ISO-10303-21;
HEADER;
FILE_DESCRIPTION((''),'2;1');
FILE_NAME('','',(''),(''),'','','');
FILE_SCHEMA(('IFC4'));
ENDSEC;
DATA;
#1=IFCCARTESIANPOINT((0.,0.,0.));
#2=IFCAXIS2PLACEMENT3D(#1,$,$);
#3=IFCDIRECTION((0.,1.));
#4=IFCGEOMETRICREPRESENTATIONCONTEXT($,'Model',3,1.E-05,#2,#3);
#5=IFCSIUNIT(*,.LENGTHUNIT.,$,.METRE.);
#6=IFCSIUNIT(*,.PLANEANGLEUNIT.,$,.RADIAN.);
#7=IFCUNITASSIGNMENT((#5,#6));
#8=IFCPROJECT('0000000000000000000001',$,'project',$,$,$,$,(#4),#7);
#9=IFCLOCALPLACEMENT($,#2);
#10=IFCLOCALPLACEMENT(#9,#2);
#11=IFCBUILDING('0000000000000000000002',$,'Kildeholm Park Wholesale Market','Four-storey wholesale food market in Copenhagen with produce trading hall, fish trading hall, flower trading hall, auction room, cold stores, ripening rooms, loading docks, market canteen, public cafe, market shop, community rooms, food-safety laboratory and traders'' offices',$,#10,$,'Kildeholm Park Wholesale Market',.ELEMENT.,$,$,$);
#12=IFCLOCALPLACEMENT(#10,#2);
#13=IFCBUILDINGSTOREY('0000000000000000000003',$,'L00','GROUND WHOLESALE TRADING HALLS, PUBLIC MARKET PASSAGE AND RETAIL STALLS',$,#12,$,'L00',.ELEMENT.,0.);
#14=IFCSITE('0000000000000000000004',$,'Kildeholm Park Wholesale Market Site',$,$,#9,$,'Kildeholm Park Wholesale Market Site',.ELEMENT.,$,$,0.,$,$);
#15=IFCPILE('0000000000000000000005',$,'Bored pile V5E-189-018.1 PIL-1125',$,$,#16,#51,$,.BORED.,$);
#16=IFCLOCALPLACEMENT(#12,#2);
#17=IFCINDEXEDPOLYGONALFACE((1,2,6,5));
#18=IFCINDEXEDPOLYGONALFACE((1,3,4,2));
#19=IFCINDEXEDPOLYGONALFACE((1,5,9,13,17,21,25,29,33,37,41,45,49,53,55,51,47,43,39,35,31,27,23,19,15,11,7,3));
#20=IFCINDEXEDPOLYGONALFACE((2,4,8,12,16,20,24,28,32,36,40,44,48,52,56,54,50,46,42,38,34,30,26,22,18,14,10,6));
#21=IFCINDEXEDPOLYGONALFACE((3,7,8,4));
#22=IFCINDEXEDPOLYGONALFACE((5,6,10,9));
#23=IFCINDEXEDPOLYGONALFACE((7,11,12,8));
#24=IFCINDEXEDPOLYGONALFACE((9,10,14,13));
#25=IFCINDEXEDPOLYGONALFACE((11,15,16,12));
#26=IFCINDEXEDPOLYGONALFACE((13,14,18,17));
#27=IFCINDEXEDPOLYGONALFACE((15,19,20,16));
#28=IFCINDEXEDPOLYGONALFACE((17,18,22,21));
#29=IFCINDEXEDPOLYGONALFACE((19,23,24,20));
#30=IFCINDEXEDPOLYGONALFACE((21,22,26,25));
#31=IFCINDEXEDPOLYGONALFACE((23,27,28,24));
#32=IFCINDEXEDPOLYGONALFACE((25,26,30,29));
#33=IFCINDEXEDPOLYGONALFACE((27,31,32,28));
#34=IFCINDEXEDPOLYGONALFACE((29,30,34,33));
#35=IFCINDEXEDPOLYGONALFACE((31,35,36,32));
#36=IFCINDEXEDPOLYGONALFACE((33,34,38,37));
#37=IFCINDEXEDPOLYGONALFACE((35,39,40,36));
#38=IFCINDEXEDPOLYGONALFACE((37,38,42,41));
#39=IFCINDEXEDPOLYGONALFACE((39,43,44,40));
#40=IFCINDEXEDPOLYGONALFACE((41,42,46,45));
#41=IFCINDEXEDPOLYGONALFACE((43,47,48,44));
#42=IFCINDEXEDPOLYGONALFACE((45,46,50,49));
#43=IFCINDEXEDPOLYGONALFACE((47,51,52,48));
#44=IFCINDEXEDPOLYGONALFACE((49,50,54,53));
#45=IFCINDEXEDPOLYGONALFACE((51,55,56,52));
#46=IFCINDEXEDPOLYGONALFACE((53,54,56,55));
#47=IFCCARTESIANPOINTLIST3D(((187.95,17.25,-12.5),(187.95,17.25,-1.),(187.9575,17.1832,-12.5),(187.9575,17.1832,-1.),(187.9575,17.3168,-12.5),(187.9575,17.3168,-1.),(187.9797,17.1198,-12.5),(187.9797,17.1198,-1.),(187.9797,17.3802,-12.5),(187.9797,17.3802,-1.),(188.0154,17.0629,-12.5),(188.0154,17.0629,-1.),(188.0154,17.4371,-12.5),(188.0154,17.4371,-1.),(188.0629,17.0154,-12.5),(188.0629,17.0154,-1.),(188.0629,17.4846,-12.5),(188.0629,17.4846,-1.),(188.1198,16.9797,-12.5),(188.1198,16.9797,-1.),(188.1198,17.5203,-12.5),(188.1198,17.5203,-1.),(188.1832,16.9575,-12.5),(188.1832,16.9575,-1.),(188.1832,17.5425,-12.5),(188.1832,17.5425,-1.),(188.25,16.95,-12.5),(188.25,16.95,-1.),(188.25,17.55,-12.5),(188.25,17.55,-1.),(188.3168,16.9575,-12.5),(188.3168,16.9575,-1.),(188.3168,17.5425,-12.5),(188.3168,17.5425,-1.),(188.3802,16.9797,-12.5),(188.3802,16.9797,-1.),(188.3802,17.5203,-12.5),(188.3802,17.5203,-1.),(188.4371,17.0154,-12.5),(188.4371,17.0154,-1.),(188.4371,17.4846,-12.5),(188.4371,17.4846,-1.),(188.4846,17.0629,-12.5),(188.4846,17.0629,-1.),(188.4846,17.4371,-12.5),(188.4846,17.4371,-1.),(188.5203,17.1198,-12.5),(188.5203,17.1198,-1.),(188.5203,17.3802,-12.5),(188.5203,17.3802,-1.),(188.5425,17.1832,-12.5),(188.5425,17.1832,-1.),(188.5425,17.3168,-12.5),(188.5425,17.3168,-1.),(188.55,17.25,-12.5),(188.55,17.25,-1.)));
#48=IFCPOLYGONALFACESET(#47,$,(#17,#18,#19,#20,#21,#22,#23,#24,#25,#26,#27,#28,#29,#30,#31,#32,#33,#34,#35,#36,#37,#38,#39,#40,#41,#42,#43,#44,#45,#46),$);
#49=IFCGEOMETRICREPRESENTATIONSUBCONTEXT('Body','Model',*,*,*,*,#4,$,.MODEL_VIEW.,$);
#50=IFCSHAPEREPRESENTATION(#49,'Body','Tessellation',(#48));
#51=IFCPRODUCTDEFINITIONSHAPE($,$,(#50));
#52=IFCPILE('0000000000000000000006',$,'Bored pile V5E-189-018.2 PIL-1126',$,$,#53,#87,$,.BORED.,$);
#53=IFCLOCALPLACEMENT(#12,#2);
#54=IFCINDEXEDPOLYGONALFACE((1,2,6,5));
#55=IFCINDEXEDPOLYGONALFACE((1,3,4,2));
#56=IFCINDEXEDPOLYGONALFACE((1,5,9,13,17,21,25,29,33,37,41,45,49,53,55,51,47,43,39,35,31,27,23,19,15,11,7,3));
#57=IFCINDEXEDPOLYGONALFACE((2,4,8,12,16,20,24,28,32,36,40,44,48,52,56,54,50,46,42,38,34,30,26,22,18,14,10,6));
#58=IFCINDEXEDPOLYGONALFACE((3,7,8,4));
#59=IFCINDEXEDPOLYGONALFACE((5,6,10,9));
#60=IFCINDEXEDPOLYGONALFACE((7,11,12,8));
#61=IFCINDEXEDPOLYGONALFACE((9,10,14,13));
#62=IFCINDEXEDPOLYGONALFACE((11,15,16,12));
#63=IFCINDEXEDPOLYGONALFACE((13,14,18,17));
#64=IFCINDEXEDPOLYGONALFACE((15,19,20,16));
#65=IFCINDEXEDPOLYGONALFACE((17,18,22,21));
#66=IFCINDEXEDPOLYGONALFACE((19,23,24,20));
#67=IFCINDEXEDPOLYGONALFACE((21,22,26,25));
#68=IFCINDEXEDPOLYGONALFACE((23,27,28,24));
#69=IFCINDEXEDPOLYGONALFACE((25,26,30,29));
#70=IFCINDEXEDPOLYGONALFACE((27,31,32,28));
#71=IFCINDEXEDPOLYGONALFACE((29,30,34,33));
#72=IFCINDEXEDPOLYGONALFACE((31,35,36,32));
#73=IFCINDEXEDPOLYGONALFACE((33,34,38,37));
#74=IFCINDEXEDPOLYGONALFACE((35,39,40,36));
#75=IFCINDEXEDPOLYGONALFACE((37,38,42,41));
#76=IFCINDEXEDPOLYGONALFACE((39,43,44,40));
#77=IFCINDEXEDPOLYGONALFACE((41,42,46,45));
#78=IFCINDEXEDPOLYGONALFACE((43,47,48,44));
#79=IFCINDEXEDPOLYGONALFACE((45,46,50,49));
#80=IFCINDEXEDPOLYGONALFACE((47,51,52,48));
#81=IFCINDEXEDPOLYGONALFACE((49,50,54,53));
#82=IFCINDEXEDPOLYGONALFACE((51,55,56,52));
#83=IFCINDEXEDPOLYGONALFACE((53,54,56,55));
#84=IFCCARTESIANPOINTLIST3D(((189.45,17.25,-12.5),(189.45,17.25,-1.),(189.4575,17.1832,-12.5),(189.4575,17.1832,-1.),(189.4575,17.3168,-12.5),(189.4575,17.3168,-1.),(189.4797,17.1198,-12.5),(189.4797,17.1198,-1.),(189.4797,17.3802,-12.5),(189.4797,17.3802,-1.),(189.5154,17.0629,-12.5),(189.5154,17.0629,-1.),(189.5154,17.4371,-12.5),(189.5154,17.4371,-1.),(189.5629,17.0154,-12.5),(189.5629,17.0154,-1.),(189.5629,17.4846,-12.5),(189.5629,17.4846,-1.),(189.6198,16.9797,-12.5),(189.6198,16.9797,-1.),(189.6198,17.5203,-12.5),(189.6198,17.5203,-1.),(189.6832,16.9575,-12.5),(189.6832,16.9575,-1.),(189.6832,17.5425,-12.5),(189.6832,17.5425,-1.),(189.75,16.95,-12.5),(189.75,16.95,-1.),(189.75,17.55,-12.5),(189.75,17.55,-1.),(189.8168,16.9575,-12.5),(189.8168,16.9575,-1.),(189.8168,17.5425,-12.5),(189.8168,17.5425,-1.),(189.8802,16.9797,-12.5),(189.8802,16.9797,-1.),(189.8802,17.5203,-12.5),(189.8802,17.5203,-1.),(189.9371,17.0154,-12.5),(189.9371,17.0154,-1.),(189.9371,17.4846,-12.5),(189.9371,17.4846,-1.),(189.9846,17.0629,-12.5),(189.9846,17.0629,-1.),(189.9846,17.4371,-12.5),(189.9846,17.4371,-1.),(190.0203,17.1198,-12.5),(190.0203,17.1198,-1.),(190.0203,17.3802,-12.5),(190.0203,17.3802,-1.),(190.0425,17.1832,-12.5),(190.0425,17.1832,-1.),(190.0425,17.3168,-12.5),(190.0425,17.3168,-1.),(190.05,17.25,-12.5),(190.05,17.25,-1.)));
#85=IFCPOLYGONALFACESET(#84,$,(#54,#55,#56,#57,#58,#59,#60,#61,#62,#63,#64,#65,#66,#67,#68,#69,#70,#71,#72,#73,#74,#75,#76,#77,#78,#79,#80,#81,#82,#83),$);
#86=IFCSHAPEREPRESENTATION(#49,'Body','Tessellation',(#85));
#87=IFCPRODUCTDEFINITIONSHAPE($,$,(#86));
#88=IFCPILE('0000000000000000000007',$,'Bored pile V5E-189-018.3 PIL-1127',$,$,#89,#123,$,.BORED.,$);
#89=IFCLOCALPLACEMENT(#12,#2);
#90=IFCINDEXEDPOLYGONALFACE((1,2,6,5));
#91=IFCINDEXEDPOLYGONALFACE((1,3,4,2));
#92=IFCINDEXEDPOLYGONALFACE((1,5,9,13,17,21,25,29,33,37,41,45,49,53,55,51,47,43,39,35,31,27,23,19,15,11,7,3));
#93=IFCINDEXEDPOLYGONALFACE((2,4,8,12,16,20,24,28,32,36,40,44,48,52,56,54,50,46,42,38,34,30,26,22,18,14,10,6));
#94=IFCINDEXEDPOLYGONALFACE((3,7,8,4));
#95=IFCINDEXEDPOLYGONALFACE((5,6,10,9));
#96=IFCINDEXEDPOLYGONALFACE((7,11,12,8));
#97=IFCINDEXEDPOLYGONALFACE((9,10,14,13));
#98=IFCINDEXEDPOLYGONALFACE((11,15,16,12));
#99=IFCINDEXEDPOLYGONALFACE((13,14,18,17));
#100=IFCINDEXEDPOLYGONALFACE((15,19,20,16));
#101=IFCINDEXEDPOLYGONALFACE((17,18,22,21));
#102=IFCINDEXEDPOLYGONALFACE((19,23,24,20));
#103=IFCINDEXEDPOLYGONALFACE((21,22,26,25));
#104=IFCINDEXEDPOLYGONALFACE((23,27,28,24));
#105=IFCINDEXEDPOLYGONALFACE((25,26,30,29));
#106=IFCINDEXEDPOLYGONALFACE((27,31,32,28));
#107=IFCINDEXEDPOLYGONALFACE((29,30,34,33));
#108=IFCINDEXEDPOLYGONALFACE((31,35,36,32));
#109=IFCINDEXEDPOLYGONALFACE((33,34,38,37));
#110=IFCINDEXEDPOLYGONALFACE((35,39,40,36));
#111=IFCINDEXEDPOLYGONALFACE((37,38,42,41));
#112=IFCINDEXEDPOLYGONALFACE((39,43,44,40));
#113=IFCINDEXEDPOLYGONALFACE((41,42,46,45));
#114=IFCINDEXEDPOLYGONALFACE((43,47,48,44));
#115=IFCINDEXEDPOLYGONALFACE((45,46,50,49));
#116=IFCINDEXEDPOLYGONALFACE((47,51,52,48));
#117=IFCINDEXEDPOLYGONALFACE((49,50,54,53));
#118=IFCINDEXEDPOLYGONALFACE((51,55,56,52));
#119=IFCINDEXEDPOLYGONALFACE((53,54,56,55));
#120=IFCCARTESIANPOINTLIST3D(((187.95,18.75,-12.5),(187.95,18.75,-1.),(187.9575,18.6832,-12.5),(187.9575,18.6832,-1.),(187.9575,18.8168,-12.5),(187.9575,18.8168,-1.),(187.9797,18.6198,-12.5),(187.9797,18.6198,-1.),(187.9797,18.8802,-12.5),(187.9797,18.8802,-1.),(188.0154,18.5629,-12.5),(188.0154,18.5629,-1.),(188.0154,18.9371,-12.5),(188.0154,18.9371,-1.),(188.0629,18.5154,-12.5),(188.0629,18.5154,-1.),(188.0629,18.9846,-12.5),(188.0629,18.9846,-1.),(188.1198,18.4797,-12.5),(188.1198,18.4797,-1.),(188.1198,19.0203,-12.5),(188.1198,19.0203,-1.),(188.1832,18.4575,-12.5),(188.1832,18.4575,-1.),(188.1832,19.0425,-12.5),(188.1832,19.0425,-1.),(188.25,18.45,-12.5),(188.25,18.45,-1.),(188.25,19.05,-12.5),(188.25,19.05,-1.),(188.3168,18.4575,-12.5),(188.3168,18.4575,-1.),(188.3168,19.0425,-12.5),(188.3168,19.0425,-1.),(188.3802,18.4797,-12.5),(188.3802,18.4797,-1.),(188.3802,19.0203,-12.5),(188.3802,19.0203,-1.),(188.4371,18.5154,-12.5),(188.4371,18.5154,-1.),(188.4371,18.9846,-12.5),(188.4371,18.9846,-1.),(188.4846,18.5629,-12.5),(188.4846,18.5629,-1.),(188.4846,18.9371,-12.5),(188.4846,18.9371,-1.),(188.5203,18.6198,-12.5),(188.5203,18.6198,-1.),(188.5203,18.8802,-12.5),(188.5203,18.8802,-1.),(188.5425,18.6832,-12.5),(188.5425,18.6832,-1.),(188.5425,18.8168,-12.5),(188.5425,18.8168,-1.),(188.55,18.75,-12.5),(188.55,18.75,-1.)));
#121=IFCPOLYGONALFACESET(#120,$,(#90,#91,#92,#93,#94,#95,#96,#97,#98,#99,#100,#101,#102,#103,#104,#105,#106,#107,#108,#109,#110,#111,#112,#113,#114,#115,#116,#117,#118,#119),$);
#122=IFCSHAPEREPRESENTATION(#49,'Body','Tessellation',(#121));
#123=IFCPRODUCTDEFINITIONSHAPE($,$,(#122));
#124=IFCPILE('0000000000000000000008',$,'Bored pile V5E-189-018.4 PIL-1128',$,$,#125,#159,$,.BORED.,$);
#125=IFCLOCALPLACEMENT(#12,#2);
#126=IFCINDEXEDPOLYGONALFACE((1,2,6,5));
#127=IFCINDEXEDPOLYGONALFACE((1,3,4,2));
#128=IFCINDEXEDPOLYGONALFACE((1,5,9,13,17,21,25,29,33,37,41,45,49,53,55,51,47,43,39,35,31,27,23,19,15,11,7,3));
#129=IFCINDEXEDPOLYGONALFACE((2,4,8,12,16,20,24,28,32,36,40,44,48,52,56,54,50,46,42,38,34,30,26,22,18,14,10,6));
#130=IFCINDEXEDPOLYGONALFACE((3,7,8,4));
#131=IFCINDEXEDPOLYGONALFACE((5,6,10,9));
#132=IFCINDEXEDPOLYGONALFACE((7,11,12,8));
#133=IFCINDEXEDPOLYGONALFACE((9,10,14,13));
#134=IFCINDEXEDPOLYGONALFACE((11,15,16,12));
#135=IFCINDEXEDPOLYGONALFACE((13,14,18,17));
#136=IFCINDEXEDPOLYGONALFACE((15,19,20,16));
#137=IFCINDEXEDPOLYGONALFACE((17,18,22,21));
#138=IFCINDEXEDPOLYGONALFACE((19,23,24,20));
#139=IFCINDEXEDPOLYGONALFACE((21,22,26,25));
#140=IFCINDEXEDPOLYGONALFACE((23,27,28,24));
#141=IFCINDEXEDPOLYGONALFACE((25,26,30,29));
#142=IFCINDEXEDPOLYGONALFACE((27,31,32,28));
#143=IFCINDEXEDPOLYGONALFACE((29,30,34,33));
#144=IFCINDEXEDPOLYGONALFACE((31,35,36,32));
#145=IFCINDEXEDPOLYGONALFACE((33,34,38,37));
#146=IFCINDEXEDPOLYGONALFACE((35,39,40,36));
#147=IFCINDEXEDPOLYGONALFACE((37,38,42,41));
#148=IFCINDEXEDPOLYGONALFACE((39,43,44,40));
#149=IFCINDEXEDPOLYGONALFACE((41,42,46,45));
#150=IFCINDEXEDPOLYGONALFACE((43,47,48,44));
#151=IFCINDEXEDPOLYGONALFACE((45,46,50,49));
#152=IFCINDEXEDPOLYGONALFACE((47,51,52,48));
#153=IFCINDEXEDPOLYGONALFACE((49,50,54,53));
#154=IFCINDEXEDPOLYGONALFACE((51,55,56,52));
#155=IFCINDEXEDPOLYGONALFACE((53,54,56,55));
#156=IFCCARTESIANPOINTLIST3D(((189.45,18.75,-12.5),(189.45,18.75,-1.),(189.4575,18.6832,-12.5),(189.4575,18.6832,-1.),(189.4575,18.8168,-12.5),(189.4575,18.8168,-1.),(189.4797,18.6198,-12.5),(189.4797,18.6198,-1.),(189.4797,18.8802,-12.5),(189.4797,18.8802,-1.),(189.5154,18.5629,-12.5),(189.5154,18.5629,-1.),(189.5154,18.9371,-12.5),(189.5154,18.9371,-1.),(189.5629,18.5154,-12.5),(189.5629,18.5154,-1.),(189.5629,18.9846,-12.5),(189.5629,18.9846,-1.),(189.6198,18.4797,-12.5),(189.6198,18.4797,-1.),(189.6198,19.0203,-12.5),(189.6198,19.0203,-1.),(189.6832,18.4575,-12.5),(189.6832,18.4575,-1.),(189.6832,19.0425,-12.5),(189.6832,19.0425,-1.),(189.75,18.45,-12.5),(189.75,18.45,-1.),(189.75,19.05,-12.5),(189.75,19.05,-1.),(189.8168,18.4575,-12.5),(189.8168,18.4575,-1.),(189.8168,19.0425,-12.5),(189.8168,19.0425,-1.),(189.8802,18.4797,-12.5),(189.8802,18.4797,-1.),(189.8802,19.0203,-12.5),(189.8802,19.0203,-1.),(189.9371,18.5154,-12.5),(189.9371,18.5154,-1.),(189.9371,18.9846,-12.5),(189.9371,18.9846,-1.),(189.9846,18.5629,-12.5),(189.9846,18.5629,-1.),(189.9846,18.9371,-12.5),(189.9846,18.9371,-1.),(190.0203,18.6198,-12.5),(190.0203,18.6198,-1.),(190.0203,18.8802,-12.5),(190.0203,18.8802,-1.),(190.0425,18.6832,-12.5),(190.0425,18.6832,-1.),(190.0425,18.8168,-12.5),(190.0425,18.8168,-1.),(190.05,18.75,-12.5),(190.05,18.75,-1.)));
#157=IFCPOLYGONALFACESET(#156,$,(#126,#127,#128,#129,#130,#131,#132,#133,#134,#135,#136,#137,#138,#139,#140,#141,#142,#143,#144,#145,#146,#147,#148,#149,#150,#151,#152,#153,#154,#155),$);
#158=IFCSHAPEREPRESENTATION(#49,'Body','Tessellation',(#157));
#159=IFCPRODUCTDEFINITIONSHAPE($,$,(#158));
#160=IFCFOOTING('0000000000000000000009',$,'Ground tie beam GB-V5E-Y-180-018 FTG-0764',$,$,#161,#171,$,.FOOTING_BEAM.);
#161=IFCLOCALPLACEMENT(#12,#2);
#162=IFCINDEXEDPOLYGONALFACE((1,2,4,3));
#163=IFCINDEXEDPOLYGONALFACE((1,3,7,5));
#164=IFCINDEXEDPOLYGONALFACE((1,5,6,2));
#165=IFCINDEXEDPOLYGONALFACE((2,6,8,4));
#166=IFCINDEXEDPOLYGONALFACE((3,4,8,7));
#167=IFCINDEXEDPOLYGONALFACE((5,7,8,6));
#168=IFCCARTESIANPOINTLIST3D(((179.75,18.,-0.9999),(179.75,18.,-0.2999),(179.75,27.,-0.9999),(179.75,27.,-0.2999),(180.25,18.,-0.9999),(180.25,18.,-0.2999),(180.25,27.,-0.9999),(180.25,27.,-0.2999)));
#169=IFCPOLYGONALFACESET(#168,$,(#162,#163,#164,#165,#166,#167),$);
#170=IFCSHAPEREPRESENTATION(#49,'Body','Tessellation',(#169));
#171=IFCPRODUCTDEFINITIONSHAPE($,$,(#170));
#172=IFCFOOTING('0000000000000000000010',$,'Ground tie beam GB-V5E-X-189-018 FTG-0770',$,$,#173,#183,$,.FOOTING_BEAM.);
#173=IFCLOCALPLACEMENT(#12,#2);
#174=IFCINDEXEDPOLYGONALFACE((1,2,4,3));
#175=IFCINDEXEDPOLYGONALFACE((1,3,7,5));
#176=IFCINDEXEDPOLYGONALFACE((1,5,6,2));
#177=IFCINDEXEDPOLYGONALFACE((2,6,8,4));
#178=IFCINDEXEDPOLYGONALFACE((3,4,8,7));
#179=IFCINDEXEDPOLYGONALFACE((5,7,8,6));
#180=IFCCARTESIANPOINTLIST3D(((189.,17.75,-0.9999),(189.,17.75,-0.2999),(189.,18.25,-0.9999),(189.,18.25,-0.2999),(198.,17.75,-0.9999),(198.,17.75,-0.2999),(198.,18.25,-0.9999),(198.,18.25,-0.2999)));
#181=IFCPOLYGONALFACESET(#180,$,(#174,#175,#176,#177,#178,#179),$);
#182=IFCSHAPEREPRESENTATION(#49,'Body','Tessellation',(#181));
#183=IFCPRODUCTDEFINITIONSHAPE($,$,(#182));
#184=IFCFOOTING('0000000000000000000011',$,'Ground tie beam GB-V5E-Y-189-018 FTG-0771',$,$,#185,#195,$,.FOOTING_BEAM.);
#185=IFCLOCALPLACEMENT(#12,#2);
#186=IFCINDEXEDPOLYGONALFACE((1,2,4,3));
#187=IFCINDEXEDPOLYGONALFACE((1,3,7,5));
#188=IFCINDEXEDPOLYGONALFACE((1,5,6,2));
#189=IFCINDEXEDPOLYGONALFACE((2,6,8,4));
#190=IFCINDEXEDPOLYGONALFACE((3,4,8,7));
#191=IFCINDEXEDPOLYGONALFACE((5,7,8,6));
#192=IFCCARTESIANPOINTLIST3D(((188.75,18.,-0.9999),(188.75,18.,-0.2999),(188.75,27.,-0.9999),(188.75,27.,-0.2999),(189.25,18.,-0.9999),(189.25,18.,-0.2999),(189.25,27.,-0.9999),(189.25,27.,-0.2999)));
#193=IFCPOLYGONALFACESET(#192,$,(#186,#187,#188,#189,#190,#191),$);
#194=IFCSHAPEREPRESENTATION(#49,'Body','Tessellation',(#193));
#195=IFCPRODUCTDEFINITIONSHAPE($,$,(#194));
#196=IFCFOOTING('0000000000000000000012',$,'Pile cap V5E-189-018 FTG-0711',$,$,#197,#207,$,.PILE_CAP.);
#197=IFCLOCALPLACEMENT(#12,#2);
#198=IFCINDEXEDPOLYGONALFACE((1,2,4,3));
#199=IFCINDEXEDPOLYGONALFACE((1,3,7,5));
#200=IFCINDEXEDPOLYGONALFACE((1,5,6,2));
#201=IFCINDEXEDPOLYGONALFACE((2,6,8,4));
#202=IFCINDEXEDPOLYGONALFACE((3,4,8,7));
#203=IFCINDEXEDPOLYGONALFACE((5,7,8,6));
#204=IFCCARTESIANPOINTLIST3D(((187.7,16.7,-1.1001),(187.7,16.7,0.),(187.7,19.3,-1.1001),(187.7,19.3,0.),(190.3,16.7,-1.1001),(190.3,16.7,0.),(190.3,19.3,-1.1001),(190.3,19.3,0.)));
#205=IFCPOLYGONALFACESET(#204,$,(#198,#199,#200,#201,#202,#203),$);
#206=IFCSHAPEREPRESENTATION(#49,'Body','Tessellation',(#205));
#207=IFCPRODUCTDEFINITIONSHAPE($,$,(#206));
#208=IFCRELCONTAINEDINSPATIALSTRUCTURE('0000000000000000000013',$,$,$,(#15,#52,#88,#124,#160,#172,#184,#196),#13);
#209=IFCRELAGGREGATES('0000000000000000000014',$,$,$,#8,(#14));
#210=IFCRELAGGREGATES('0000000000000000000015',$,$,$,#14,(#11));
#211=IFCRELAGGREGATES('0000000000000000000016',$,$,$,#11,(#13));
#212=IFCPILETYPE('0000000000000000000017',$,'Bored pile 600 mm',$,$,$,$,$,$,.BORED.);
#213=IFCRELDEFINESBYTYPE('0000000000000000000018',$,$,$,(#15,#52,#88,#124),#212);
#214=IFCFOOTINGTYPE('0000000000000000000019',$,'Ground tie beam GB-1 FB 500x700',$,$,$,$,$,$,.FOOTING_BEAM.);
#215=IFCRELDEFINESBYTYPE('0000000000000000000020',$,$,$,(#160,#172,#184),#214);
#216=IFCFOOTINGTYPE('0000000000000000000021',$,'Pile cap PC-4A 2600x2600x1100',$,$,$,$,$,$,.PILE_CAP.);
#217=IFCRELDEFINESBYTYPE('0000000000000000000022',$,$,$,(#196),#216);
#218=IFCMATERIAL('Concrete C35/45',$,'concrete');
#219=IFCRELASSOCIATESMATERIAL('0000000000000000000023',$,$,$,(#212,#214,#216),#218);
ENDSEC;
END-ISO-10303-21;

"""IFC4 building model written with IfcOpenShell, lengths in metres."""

from ifc_helpers import new_model, si_unit, direction, frame, origin, origin_2d, place, context, subcontext, project, spatial, rectangle, circle, extrude, material, material_profile, profile_set, type_object, element, save


model = new_model("IFC4")

# Units and contexts
model_context = context("Model", 3, precision=1e-05, world=origin(), true_north=direction((0.0, 1.0)))
body_context = subcontext(model_context, "Body", "Model", "MODEL_VIEW")
ifc_project = project(units=[si_unit("LENGTHUNIT", "METRE"), si_unit("PLANEANGLEUNIT", "RADIAN")], contexts=[model_context])

# Site, building, storey
site_placement = place(None, origin())
site = spatial("IfcSite", under=ifc_project, at=site_placement, Name="Kildeholm Park Wholesale Market Site", LongName="Kildeholm Park Wholesale Market Site", CompositionType="ELEMENT", RefElevation=0.0)
building_placement = place(site_placement, origin())
building = spatial("IfcBuilding", under=site, at=building_placement, Name="Kildeholm Park Wholesale Market", Description="Four-storey wholesale food market in Copenhagen with produce trading hall, fish trading hall, flower trading hall, auction room, cold stores, ripening rooms, loading docks, market canteen, public cafe, market shop, community rooms, food-safety laboratory and traders' offices", LongName="Kildeholm Park Wholesale Market", CompositionType="ELEMENT")
storey_placement = place(building_placement, origin())
storey = spatial("IfcBuildingStorey", under=building, at=storey_placement, Name="L00", Description="GROUND WHOLESALE TRADING HALLS, PUBLIC MARKET PASSAGE AND RETAIL STALLS", LongName="L00", CompositionType="ELEMENT", Elevation=0.0)

# Piles
ifc_material_1 = material(Name="Concrete C35/45", Category="concrete")
ifc_material_profile_1 = material_profile(ifc_material_1, circle(Radius=0.3, at=origin_2d()), Name="PILE D600")
ifc_profile_set_1 = profile_set([ifc_material_profile_1], Name="Concrete C35/45")
pile_type = type_object("IfcPileType", Name="Bored pile 600 mm", PredefinedType="BORED", material=ifc_profile_set_1)
for number, where, z_axis, x_axis, name in (
    (1, (188.25, 17.25, -1.0), (0.0, 0.0, -1.0), (1.0, 0.0, 0.0), "Bored pile V5E-189-018.1 PIL-1125"),
    (2, (189.75, 17.25, -1.0), (0.0, 0.0, -1.0), (1.0, 0.0, 0.0), "Bored pile V5E-189-018.2 PIL-1126"),
    (3, (188.25, 18.75, -1.0), (0.0, 0.0, -1.0), (1.0, 0.0, 0.0), "Bored pile V5E-189-018.3 PIL-1127"),
    (4, (189.75, 18.75, -1.0), (0.0, 0.0, -1.0), (1.0, 0.0, 0.0), "Bored pile V5E-189-018.4 PIL-1128"),
):
    element("IfcPile", number, at=place(storey_placement, frame(where, z_axis=z_axis, x_axis=x_axis)), inside=storey, type_object=pile_type, Name=name, PredefinedType="BORED", context=body_context, shape_type="SweptSolid", body=[
        extrude(circle(Radius=0.3, at=origin_2d()), origin(), (0.0, 0.0, 1.0), 11.5),
    ])

# Footings
ifc_material_profile_2 = material_profile(ifc_material_1, rectangle(XDim=0.5, YDim=0.7, at=origin_2d()), Name="FB 500x700")
ifc_profile_set_2 = profile_set([ifc_material_profile_2], Name="Concrete C35/45")
footing_type_1 = type_object("IfcFootingType", Name="Ground tie beam GB-1 FB 500x700", PredefinedType="FOOTING_BEAM", material=ifc_profile_set_2)
for number, where, z_axis, x_axis, name in (
    (5, (180.0, 18.0, -0.6499), (0.0, 1.0, 0.0), (-1.0, 0.0, 0.0), "Ground tie beam GB-V5E-Y-180-018 FTG-0764"),
    (6, (189.0, 18.0, -0.6499), (1.0, 0.0, 0.0), (0.0, 1.0, 0.0), "Ground tie beam GB-V5E-X-189-018 FTG-0770"),
    (7, (189.0, 18.0, -0.6499), (0.0, 1.0, 0.0), (-1.0, 0.0, 0.0), "Ground tie beam GB-V5E-Y-189-018 FTG-0771"),
):
    element("IfcFooting", number, at=place(storey_placement, frame(where, z_axis=z_axis, x_axis=x_axis)), inside=storey, type_object=footing_type_1, Name=name, PredefinedType="FOOTING_BEAM", context=body_context, shape_type="SweptSolid", body=[
        extrude(rectangle(XDim=0.5, YDim=0.7, at=origin_2d()), origin(), (0.0, 0.0, 1.0), 9.0),
    ])
footing_type_2 = type_object("IfcFootingType", Name="Pile cap PC-4A 2600x2600x1100", PredefinedType="PILE_CAP", material=ifc_material_1)
footing_placement = place(storey_placement, frame((189.0, 18.0, -1.1001), z_axis=(0.0, 0.0, 1.0), x_axis=(1.0, 0.0, 0.0)))
element("IfcFooting", 8, at=footing_placement, inside=storey, type_object=footing_type_2, Name="Pile cap V5E-189-018 FTG-0711", PredefinedType="PILE_CAP", context=body_context, shape_type="SweptSolid", body=[
    extrude(rectangle(XDim=2.6001, YDim=2.6001, at=origin_2d()), origin(), (0.0, 0.0, 1.0), 1.1001),
])

save(model, "model.ifc")
